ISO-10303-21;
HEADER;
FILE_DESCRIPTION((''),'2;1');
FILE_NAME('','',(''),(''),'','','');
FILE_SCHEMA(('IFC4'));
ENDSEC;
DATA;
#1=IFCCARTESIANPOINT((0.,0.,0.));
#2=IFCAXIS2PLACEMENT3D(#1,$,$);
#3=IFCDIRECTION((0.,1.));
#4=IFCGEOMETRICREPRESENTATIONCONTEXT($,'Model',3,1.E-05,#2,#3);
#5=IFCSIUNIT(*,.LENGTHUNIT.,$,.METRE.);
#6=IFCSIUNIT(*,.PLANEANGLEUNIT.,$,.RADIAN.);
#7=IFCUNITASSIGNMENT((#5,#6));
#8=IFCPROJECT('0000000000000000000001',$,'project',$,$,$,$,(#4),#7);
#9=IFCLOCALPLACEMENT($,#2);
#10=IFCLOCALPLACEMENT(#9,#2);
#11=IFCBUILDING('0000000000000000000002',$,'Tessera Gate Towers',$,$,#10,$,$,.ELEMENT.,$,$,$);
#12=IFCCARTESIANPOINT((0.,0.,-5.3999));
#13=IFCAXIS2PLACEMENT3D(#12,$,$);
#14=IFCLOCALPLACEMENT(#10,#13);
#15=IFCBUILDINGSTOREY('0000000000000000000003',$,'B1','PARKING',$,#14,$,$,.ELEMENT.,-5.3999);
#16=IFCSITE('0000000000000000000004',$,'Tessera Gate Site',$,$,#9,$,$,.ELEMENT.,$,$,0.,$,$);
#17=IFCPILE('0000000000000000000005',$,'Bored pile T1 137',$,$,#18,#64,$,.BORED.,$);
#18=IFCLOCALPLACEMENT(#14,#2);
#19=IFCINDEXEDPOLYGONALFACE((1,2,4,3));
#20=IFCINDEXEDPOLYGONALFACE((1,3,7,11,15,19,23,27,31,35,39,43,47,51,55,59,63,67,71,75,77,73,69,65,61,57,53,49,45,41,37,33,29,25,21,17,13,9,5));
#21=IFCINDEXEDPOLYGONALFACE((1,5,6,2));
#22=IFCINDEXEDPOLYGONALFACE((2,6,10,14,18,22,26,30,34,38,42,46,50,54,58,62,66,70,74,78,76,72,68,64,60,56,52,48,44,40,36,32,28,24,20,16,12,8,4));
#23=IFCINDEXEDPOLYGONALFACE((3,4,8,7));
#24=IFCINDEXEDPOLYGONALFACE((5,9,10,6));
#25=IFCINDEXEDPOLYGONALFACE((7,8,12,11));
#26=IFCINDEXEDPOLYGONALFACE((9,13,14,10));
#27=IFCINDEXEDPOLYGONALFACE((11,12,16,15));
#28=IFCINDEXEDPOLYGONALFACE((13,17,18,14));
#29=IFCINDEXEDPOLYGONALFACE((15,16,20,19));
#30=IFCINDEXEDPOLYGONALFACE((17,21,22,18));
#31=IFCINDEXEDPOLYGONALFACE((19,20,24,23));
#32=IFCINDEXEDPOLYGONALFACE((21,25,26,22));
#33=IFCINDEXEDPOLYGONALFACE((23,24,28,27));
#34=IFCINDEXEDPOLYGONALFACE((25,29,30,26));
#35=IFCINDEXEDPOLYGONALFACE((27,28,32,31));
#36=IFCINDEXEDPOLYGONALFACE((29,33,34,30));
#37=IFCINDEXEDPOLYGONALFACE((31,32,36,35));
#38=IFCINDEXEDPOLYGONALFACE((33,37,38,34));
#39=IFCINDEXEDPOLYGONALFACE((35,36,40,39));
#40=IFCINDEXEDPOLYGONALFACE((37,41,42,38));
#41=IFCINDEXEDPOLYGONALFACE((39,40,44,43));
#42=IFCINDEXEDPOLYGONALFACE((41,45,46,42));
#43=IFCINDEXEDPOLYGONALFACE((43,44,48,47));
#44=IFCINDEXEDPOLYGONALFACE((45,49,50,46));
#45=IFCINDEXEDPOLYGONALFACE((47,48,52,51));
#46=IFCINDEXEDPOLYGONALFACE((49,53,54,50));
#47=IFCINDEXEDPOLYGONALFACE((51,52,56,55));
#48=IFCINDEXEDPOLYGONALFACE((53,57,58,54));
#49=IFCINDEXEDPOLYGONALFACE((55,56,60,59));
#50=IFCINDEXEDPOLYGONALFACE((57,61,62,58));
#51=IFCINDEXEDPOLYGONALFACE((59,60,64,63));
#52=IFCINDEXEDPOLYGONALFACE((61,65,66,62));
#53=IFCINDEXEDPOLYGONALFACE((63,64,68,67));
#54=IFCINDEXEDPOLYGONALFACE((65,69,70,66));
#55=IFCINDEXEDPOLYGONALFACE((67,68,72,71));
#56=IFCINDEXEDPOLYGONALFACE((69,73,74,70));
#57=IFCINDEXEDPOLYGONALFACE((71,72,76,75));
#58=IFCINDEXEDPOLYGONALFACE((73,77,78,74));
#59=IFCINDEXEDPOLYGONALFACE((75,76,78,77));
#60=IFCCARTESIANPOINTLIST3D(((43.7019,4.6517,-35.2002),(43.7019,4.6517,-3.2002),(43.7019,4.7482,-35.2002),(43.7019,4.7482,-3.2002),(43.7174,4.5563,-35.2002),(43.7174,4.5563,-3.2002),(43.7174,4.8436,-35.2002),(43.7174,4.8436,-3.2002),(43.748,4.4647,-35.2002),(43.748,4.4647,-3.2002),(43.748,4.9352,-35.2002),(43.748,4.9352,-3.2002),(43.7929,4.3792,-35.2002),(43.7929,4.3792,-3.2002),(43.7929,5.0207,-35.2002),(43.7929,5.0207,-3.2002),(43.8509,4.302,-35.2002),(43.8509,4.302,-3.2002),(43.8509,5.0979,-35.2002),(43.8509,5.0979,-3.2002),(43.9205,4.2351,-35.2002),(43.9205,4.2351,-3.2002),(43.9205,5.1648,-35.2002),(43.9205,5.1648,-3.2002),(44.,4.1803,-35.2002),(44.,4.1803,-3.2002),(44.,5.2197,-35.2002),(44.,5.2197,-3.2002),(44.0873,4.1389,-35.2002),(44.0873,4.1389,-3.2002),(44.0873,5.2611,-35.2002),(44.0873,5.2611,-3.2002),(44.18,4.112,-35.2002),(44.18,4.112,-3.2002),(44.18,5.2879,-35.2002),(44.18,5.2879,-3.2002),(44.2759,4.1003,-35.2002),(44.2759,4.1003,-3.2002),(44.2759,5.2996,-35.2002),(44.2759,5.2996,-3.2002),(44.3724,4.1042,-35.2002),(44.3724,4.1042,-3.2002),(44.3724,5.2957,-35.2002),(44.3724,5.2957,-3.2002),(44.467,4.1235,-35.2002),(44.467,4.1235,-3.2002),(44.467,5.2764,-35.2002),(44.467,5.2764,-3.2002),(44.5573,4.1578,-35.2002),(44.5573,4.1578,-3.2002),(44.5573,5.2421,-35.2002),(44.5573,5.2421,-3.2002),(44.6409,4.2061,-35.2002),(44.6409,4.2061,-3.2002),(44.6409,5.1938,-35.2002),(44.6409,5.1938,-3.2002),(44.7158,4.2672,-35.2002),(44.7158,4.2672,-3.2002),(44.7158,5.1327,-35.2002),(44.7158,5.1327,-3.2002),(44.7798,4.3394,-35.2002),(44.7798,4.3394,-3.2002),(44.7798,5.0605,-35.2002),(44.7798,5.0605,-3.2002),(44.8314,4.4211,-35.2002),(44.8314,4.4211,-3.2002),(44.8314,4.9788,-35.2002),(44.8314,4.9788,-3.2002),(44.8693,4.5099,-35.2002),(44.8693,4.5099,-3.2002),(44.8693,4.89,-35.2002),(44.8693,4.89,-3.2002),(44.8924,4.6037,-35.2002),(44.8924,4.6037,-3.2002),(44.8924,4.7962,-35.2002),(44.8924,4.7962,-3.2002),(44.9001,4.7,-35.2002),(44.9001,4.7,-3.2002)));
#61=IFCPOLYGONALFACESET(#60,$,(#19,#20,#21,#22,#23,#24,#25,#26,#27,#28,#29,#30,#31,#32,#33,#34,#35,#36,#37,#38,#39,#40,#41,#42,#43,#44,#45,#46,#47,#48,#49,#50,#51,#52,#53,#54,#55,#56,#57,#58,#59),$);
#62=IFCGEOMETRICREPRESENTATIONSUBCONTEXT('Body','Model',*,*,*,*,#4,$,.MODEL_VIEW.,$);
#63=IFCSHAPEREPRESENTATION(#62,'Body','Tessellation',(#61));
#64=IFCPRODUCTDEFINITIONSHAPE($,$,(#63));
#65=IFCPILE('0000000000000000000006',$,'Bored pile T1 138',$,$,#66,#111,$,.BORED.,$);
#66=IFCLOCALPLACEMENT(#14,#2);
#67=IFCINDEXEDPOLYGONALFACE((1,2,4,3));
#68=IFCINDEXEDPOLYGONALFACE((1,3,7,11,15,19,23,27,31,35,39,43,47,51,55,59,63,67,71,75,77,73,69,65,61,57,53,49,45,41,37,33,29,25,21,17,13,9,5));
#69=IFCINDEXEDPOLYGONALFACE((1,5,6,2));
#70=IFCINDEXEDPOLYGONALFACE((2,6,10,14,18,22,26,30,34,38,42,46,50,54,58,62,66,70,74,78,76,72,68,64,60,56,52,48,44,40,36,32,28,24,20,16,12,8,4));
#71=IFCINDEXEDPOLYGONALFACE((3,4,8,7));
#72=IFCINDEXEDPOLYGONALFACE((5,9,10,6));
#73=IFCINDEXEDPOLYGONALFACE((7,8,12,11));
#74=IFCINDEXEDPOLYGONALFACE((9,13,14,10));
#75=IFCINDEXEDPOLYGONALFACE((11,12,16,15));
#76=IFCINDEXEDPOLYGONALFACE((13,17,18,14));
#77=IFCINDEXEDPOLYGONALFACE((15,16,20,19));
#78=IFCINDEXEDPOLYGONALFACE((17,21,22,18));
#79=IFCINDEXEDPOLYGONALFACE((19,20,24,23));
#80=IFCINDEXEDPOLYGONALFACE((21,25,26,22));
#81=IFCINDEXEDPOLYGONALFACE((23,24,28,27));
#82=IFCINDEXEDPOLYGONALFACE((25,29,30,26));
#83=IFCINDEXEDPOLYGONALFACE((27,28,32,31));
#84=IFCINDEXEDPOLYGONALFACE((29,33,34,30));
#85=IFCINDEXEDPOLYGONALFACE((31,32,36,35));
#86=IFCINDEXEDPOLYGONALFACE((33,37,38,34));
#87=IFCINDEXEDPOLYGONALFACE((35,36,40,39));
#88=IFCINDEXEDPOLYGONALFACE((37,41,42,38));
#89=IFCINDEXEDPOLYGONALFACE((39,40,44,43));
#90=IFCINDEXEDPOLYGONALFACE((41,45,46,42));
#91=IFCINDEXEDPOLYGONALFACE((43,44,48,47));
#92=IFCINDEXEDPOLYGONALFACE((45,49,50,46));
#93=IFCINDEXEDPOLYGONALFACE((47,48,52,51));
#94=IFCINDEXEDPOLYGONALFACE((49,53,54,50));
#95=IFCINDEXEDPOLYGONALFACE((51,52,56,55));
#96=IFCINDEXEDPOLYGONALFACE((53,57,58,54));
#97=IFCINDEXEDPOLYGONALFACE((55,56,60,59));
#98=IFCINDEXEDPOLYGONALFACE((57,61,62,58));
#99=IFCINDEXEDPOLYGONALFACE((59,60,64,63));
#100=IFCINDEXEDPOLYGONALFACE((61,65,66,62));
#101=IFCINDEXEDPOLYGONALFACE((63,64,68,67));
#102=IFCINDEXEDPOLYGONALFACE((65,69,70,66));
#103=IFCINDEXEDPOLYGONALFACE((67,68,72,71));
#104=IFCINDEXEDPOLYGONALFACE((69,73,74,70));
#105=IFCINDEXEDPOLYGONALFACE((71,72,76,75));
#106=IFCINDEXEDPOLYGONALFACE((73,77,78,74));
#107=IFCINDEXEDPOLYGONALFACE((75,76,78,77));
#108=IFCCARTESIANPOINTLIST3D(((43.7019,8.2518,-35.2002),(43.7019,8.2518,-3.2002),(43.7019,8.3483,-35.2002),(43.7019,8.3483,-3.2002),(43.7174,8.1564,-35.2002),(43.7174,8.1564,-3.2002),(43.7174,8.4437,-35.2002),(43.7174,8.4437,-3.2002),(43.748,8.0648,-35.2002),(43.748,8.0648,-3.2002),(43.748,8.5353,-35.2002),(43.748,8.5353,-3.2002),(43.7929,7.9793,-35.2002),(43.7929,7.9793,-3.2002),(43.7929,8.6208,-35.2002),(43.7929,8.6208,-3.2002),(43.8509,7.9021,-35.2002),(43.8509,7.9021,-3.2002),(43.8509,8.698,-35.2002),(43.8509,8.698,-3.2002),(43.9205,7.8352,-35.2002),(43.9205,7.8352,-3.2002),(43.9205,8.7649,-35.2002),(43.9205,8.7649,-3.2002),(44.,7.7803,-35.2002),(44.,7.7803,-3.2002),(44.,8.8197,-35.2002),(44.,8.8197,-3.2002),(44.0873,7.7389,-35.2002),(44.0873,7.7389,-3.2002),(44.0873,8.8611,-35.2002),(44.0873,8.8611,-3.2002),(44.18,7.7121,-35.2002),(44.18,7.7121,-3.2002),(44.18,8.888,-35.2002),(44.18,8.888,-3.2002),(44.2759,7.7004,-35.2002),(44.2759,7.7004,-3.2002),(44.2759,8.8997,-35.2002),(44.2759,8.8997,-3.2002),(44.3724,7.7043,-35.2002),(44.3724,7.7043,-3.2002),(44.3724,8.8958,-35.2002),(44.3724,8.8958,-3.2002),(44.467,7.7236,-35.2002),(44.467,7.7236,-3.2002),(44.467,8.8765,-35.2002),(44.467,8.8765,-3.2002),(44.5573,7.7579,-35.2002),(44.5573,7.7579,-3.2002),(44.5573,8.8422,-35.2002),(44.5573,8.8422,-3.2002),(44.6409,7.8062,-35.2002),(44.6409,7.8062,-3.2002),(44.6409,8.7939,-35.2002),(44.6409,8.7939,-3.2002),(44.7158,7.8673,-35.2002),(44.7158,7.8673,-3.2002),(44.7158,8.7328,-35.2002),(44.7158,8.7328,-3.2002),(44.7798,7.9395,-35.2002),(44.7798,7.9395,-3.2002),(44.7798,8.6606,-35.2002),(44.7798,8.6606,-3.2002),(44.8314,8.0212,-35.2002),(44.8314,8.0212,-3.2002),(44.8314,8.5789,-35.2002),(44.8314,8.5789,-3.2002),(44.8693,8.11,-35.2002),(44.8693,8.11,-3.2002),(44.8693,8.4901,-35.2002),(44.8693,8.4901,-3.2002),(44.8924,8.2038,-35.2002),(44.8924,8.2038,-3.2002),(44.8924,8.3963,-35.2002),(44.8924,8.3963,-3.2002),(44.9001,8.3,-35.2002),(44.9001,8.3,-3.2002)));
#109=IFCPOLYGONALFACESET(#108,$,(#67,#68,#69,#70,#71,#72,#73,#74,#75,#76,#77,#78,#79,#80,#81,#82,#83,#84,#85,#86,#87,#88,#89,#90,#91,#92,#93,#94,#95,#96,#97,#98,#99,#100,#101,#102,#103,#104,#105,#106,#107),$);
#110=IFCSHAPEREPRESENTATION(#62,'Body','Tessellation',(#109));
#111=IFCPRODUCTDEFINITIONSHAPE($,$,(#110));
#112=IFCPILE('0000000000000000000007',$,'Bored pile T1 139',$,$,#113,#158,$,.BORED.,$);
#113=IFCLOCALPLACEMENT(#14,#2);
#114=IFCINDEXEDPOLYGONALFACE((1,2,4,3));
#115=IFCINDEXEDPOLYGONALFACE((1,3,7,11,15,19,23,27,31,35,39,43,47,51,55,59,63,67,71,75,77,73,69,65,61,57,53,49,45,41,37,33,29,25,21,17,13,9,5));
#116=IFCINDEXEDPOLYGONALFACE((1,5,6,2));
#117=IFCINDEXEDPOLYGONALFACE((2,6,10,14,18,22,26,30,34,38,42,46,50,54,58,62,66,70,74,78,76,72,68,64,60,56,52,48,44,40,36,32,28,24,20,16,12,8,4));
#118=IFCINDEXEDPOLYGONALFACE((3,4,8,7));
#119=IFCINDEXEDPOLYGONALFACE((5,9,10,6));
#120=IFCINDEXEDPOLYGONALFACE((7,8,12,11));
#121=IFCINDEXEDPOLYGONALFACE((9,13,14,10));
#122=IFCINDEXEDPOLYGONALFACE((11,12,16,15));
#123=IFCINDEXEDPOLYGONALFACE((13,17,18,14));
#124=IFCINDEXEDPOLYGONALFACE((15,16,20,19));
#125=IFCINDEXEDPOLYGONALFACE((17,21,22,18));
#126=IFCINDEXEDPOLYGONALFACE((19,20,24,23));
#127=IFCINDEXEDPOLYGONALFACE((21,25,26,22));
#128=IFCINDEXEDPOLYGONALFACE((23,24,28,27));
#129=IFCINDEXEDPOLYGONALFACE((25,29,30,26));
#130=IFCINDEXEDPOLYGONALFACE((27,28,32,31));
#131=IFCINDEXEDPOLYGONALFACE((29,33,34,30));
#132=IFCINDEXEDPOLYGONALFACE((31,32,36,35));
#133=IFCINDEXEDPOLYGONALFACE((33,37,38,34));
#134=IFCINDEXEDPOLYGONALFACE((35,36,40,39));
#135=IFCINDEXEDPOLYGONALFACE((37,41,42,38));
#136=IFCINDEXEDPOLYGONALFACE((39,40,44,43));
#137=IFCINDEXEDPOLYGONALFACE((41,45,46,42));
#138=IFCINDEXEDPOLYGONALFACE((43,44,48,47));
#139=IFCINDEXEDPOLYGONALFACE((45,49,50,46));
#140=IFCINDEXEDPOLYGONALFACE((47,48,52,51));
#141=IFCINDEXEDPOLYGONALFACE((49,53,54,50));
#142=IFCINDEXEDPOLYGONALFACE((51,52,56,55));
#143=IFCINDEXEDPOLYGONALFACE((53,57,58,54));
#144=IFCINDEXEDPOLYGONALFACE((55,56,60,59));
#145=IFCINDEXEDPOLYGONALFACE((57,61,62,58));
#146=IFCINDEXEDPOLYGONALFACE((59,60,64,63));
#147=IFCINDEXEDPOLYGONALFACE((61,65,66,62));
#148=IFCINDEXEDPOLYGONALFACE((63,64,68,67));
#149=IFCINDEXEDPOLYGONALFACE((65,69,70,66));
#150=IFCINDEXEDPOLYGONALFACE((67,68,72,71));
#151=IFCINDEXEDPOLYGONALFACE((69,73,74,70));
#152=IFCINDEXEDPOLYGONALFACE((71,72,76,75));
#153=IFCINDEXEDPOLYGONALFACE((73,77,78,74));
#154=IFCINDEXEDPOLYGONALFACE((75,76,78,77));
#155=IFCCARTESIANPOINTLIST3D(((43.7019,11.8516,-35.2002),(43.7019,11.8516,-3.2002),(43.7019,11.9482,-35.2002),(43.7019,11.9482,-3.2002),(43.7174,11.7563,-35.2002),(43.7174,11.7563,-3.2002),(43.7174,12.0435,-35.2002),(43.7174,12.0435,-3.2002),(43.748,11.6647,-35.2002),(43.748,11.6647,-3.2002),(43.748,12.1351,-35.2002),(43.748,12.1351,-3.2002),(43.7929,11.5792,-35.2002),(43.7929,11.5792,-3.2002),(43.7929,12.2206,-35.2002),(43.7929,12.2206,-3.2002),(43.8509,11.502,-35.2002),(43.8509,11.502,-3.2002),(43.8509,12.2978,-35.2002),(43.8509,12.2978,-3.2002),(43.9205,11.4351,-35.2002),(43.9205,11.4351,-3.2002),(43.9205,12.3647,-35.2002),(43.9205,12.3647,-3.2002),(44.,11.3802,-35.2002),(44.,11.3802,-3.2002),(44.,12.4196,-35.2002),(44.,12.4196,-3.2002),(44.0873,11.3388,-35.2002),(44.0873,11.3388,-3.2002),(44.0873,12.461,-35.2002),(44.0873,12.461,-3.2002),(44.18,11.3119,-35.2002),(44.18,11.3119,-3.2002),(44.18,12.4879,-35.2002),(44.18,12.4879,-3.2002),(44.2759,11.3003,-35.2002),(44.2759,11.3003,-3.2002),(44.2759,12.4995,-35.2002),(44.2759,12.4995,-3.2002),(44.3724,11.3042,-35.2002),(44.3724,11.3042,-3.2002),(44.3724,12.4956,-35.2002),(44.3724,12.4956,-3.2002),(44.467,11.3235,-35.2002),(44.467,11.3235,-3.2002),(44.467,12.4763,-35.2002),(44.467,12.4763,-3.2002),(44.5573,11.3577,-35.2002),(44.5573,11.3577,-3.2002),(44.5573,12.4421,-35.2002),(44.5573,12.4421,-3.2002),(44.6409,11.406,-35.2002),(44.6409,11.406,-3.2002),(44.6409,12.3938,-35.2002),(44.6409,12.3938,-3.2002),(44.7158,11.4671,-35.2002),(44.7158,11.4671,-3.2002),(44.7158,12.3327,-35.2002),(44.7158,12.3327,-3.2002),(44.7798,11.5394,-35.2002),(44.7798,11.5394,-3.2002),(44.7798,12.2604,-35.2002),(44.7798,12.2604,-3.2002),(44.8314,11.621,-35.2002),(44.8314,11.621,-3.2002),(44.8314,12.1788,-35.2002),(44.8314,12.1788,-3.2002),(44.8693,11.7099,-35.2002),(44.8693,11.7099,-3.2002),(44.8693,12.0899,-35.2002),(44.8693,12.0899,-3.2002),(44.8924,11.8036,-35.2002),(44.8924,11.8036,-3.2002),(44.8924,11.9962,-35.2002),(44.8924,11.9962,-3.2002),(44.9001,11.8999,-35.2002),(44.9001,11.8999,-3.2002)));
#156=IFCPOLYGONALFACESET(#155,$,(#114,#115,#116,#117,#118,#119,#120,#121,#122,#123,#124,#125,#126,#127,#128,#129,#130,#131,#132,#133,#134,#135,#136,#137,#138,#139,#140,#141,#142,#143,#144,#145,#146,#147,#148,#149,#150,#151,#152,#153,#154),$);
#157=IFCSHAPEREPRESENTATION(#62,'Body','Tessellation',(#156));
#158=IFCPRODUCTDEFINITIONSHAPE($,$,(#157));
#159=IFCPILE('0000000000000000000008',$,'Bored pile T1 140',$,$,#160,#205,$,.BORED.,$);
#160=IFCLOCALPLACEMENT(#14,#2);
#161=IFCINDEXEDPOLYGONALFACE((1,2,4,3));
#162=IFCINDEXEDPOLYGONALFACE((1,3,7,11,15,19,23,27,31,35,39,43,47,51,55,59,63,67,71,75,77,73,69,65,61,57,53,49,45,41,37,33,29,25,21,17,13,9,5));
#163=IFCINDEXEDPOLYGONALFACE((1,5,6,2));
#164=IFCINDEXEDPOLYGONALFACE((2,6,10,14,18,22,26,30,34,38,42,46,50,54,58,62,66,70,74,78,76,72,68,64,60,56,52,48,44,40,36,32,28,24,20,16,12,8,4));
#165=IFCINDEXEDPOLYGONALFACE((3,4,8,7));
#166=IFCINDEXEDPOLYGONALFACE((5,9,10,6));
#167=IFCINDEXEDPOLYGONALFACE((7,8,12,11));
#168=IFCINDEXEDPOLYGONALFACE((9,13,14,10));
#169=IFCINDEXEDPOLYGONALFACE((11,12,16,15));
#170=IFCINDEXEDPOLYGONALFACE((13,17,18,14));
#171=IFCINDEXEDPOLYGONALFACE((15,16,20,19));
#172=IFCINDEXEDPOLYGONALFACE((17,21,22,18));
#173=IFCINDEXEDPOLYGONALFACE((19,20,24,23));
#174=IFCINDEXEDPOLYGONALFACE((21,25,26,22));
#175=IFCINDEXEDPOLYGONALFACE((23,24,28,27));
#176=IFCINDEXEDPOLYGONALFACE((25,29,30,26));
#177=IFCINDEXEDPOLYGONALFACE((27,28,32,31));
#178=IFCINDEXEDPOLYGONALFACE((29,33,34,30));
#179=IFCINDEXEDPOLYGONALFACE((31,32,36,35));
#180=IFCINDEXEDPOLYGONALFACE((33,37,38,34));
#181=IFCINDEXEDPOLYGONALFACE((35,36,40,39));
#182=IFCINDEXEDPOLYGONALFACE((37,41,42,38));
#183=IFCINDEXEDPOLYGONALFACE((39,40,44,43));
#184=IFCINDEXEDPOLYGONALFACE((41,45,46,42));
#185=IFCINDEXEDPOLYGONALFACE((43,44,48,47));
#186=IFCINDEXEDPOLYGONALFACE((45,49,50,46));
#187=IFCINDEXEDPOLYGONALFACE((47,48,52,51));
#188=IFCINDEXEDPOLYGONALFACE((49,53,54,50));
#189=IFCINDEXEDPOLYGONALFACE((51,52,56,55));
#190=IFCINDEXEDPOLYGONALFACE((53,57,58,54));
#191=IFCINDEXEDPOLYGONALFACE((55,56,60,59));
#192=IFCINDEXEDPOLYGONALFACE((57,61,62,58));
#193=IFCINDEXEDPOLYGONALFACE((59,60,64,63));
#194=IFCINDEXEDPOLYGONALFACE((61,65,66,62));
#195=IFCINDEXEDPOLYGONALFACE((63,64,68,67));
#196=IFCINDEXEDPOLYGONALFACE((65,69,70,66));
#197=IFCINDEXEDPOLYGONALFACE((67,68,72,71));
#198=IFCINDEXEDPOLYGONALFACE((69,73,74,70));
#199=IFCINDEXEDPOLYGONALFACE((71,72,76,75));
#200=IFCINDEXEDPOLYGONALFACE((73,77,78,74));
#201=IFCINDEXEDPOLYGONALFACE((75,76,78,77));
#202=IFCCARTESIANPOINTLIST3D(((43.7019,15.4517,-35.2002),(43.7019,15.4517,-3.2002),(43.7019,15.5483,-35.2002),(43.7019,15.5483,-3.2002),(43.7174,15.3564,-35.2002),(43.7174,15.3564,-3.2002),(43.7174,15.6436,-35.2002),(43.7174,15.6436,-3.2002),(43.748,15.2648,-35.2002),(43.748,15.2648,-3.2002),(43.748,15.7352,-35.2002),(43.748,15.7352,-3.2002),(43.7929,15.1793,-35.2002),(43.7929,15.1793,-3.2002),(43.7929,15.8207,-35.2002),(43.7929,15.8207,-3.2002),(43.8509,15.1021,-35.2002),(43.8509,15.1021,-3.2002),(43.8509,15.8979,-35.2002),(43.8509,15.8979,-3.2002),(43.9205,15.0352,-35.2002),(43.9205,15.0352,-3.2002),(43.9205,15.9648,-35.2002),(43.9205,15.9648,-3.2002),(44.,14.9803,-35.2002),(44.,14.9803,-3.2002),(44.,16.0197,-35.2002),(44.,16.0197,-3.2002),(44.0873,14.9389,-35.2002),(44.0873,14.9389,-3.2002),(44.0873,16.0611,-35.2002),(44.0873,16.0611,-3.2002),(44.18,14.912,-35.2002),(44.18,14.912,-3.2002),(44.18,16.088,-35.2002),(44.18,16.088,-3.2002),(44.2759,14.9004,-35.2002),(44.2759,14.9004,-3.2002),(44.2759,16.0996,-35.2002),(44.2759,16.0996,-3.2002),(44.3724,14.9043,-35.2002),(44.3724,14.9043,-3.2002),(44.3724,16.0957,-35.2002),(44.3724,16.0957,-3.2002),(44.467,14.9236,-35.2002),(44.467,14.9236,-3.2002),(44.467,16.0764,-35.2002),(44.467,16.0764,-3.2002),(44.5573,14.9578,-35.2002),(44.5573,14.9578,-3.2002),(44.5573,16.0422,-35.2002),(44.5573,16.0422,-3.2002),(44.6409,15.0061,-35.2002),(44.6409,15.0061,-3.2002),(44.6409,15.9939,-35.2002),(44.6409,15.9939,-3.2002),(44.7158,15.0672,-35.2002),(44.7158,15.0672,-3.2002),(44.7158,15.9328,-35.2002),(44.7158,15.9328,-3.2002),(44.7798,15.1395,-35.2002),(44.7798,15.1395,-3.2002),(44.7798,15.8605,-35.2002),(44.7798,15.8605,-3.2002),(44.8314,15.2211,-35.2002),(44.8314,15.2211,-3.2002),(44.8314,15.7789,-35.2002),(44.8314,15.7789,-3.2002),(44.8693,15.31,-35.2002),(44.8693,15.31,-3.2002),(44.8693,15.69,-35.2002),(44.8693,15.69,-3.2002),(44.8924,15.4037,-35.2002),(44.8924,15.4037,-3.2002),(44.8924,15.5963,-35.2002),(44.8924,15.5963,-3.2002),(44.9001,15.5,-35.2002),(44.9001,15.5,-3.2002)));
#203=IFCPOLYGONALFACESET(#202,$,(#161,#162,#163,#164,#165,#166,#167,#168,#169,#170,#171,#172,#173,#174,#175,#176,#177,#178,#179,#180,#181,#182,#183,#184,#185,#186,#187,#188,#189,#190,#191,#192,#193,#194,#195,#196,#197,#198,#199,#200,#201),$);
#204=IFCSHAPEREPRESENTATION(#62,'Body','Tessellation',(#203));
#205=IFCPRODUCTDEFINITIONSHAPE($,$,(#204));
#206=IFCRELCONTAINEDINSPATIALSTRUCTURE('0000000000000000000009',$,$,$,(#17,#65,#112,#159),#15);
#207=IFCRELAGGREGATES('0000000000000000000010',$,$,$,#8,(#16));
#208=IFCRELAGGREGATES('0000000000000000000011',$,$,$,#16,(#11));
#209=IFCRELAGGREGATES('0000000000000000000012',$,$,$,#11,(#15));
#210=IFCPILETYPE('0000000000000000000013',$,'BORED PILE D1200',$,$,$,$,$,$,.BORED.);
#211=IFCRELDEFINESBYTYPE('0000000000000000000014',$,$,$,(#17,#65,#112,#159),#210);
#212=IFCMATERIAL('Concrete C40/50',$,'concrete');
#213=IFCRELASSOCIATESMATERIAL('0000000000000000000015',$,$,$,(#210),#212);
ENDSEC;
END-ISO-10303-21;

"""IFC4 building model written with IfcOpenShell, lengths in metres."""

from ifc_helpers import new_model, si_unit, direction, frame, origin, origin_2d, place, context, subcontext, project, spatial, circle, extrude, material, material_profile, profile_set, type_object, element, save


model = new_model("IFC4")

# Units and contexts
model_context = context("Model", 3, precision=1e-05, world=origin(), true_north=direction((0.0, 1.0)))
body_context = subcontext(model_context, "Body", "Model", "MODEL_VIEW")
ifc_project = project(units=[si_unit("LENGTHUNIT", "METRE"), si_unit("PLANEANGLEUNIT", "RADIAN")], contexts=[model_context])

# Site, building, storey
site_placement = place(None, origin())
site = spatial("IfcSite", under=ifc_project, at=site_placement, Name="Tessera Gate Site", CompositionType="ELEMENT", RefElevation=0.0)
building_placement = place(site_placement, origin())
building = spatial("IfcBuilding", under=site, at=building_placement, Name="Tessera Gate Towers", CompositionType="ELEMENT")
storey_placement = place(building_placement, frame((0.0, 0.0, -5.3999)))
storey = spatial("IfcBuildingStorey", under=building, at=storey_placement, Name="B1", Description="PARKING", CompositionType="ELEMENT", Elevation=-5.3999)

# Piles
ifc_material_1 = material(Name="Concrete C40/50", Category="concrete")
ifc_material_profile_1 = material_profile(ifc_material_1, circle(Radius=0.6001, at=origin_2d()), Name="BORED PILE D1200")
ifc_profile_set_1 = profile_set([ifc_material_profile_1], Name="Concrete C40/50")
pile_type = type_object("IfcPileType", Name="BORED PILE D1200", PredefinedType="BORED", material=ifc_profile_set_1)
for number, where, z_axis, x_axis, name in (
    (1, (44.3, 4.7, -3.2002), (0.0, 0.0, -1.0), (1.0, 0.0, 0.0), "Bored pile T1 137"),
    (2, (44.3, 8.3, -3.2002), (0.0, 0.0, -1.0), (1.0, 0.0, 0.0), "Bored pile T1 138"),
    (3, (44.3, 11.8999, -3.2002), (0.0, 0.0, -1.0), (1.0, 0.0, 0.0), "Bored pile T1 139"),
    (4, (44.3, 15.5, -3.2002), (0.0, 0.0, -1.0), (1.0, 0.0, 0.0), "Bored pile T1 140"),
):
    element("IfcPile", number, at=place(storey_placement, frame(where, z_axis=z_axis, x_axis=x_axis)), inside=storey, type_object=pile_type, Name=name, PredefinedType="BORED", context=body_context, shape_type="SweptSolid", body=[
        extrude(circle(Radius=0.6001, at=origin_2d()), origin(), (0.0, 0.0, 1.0), 32.0),
    ])

save(model, "model.ifc")
